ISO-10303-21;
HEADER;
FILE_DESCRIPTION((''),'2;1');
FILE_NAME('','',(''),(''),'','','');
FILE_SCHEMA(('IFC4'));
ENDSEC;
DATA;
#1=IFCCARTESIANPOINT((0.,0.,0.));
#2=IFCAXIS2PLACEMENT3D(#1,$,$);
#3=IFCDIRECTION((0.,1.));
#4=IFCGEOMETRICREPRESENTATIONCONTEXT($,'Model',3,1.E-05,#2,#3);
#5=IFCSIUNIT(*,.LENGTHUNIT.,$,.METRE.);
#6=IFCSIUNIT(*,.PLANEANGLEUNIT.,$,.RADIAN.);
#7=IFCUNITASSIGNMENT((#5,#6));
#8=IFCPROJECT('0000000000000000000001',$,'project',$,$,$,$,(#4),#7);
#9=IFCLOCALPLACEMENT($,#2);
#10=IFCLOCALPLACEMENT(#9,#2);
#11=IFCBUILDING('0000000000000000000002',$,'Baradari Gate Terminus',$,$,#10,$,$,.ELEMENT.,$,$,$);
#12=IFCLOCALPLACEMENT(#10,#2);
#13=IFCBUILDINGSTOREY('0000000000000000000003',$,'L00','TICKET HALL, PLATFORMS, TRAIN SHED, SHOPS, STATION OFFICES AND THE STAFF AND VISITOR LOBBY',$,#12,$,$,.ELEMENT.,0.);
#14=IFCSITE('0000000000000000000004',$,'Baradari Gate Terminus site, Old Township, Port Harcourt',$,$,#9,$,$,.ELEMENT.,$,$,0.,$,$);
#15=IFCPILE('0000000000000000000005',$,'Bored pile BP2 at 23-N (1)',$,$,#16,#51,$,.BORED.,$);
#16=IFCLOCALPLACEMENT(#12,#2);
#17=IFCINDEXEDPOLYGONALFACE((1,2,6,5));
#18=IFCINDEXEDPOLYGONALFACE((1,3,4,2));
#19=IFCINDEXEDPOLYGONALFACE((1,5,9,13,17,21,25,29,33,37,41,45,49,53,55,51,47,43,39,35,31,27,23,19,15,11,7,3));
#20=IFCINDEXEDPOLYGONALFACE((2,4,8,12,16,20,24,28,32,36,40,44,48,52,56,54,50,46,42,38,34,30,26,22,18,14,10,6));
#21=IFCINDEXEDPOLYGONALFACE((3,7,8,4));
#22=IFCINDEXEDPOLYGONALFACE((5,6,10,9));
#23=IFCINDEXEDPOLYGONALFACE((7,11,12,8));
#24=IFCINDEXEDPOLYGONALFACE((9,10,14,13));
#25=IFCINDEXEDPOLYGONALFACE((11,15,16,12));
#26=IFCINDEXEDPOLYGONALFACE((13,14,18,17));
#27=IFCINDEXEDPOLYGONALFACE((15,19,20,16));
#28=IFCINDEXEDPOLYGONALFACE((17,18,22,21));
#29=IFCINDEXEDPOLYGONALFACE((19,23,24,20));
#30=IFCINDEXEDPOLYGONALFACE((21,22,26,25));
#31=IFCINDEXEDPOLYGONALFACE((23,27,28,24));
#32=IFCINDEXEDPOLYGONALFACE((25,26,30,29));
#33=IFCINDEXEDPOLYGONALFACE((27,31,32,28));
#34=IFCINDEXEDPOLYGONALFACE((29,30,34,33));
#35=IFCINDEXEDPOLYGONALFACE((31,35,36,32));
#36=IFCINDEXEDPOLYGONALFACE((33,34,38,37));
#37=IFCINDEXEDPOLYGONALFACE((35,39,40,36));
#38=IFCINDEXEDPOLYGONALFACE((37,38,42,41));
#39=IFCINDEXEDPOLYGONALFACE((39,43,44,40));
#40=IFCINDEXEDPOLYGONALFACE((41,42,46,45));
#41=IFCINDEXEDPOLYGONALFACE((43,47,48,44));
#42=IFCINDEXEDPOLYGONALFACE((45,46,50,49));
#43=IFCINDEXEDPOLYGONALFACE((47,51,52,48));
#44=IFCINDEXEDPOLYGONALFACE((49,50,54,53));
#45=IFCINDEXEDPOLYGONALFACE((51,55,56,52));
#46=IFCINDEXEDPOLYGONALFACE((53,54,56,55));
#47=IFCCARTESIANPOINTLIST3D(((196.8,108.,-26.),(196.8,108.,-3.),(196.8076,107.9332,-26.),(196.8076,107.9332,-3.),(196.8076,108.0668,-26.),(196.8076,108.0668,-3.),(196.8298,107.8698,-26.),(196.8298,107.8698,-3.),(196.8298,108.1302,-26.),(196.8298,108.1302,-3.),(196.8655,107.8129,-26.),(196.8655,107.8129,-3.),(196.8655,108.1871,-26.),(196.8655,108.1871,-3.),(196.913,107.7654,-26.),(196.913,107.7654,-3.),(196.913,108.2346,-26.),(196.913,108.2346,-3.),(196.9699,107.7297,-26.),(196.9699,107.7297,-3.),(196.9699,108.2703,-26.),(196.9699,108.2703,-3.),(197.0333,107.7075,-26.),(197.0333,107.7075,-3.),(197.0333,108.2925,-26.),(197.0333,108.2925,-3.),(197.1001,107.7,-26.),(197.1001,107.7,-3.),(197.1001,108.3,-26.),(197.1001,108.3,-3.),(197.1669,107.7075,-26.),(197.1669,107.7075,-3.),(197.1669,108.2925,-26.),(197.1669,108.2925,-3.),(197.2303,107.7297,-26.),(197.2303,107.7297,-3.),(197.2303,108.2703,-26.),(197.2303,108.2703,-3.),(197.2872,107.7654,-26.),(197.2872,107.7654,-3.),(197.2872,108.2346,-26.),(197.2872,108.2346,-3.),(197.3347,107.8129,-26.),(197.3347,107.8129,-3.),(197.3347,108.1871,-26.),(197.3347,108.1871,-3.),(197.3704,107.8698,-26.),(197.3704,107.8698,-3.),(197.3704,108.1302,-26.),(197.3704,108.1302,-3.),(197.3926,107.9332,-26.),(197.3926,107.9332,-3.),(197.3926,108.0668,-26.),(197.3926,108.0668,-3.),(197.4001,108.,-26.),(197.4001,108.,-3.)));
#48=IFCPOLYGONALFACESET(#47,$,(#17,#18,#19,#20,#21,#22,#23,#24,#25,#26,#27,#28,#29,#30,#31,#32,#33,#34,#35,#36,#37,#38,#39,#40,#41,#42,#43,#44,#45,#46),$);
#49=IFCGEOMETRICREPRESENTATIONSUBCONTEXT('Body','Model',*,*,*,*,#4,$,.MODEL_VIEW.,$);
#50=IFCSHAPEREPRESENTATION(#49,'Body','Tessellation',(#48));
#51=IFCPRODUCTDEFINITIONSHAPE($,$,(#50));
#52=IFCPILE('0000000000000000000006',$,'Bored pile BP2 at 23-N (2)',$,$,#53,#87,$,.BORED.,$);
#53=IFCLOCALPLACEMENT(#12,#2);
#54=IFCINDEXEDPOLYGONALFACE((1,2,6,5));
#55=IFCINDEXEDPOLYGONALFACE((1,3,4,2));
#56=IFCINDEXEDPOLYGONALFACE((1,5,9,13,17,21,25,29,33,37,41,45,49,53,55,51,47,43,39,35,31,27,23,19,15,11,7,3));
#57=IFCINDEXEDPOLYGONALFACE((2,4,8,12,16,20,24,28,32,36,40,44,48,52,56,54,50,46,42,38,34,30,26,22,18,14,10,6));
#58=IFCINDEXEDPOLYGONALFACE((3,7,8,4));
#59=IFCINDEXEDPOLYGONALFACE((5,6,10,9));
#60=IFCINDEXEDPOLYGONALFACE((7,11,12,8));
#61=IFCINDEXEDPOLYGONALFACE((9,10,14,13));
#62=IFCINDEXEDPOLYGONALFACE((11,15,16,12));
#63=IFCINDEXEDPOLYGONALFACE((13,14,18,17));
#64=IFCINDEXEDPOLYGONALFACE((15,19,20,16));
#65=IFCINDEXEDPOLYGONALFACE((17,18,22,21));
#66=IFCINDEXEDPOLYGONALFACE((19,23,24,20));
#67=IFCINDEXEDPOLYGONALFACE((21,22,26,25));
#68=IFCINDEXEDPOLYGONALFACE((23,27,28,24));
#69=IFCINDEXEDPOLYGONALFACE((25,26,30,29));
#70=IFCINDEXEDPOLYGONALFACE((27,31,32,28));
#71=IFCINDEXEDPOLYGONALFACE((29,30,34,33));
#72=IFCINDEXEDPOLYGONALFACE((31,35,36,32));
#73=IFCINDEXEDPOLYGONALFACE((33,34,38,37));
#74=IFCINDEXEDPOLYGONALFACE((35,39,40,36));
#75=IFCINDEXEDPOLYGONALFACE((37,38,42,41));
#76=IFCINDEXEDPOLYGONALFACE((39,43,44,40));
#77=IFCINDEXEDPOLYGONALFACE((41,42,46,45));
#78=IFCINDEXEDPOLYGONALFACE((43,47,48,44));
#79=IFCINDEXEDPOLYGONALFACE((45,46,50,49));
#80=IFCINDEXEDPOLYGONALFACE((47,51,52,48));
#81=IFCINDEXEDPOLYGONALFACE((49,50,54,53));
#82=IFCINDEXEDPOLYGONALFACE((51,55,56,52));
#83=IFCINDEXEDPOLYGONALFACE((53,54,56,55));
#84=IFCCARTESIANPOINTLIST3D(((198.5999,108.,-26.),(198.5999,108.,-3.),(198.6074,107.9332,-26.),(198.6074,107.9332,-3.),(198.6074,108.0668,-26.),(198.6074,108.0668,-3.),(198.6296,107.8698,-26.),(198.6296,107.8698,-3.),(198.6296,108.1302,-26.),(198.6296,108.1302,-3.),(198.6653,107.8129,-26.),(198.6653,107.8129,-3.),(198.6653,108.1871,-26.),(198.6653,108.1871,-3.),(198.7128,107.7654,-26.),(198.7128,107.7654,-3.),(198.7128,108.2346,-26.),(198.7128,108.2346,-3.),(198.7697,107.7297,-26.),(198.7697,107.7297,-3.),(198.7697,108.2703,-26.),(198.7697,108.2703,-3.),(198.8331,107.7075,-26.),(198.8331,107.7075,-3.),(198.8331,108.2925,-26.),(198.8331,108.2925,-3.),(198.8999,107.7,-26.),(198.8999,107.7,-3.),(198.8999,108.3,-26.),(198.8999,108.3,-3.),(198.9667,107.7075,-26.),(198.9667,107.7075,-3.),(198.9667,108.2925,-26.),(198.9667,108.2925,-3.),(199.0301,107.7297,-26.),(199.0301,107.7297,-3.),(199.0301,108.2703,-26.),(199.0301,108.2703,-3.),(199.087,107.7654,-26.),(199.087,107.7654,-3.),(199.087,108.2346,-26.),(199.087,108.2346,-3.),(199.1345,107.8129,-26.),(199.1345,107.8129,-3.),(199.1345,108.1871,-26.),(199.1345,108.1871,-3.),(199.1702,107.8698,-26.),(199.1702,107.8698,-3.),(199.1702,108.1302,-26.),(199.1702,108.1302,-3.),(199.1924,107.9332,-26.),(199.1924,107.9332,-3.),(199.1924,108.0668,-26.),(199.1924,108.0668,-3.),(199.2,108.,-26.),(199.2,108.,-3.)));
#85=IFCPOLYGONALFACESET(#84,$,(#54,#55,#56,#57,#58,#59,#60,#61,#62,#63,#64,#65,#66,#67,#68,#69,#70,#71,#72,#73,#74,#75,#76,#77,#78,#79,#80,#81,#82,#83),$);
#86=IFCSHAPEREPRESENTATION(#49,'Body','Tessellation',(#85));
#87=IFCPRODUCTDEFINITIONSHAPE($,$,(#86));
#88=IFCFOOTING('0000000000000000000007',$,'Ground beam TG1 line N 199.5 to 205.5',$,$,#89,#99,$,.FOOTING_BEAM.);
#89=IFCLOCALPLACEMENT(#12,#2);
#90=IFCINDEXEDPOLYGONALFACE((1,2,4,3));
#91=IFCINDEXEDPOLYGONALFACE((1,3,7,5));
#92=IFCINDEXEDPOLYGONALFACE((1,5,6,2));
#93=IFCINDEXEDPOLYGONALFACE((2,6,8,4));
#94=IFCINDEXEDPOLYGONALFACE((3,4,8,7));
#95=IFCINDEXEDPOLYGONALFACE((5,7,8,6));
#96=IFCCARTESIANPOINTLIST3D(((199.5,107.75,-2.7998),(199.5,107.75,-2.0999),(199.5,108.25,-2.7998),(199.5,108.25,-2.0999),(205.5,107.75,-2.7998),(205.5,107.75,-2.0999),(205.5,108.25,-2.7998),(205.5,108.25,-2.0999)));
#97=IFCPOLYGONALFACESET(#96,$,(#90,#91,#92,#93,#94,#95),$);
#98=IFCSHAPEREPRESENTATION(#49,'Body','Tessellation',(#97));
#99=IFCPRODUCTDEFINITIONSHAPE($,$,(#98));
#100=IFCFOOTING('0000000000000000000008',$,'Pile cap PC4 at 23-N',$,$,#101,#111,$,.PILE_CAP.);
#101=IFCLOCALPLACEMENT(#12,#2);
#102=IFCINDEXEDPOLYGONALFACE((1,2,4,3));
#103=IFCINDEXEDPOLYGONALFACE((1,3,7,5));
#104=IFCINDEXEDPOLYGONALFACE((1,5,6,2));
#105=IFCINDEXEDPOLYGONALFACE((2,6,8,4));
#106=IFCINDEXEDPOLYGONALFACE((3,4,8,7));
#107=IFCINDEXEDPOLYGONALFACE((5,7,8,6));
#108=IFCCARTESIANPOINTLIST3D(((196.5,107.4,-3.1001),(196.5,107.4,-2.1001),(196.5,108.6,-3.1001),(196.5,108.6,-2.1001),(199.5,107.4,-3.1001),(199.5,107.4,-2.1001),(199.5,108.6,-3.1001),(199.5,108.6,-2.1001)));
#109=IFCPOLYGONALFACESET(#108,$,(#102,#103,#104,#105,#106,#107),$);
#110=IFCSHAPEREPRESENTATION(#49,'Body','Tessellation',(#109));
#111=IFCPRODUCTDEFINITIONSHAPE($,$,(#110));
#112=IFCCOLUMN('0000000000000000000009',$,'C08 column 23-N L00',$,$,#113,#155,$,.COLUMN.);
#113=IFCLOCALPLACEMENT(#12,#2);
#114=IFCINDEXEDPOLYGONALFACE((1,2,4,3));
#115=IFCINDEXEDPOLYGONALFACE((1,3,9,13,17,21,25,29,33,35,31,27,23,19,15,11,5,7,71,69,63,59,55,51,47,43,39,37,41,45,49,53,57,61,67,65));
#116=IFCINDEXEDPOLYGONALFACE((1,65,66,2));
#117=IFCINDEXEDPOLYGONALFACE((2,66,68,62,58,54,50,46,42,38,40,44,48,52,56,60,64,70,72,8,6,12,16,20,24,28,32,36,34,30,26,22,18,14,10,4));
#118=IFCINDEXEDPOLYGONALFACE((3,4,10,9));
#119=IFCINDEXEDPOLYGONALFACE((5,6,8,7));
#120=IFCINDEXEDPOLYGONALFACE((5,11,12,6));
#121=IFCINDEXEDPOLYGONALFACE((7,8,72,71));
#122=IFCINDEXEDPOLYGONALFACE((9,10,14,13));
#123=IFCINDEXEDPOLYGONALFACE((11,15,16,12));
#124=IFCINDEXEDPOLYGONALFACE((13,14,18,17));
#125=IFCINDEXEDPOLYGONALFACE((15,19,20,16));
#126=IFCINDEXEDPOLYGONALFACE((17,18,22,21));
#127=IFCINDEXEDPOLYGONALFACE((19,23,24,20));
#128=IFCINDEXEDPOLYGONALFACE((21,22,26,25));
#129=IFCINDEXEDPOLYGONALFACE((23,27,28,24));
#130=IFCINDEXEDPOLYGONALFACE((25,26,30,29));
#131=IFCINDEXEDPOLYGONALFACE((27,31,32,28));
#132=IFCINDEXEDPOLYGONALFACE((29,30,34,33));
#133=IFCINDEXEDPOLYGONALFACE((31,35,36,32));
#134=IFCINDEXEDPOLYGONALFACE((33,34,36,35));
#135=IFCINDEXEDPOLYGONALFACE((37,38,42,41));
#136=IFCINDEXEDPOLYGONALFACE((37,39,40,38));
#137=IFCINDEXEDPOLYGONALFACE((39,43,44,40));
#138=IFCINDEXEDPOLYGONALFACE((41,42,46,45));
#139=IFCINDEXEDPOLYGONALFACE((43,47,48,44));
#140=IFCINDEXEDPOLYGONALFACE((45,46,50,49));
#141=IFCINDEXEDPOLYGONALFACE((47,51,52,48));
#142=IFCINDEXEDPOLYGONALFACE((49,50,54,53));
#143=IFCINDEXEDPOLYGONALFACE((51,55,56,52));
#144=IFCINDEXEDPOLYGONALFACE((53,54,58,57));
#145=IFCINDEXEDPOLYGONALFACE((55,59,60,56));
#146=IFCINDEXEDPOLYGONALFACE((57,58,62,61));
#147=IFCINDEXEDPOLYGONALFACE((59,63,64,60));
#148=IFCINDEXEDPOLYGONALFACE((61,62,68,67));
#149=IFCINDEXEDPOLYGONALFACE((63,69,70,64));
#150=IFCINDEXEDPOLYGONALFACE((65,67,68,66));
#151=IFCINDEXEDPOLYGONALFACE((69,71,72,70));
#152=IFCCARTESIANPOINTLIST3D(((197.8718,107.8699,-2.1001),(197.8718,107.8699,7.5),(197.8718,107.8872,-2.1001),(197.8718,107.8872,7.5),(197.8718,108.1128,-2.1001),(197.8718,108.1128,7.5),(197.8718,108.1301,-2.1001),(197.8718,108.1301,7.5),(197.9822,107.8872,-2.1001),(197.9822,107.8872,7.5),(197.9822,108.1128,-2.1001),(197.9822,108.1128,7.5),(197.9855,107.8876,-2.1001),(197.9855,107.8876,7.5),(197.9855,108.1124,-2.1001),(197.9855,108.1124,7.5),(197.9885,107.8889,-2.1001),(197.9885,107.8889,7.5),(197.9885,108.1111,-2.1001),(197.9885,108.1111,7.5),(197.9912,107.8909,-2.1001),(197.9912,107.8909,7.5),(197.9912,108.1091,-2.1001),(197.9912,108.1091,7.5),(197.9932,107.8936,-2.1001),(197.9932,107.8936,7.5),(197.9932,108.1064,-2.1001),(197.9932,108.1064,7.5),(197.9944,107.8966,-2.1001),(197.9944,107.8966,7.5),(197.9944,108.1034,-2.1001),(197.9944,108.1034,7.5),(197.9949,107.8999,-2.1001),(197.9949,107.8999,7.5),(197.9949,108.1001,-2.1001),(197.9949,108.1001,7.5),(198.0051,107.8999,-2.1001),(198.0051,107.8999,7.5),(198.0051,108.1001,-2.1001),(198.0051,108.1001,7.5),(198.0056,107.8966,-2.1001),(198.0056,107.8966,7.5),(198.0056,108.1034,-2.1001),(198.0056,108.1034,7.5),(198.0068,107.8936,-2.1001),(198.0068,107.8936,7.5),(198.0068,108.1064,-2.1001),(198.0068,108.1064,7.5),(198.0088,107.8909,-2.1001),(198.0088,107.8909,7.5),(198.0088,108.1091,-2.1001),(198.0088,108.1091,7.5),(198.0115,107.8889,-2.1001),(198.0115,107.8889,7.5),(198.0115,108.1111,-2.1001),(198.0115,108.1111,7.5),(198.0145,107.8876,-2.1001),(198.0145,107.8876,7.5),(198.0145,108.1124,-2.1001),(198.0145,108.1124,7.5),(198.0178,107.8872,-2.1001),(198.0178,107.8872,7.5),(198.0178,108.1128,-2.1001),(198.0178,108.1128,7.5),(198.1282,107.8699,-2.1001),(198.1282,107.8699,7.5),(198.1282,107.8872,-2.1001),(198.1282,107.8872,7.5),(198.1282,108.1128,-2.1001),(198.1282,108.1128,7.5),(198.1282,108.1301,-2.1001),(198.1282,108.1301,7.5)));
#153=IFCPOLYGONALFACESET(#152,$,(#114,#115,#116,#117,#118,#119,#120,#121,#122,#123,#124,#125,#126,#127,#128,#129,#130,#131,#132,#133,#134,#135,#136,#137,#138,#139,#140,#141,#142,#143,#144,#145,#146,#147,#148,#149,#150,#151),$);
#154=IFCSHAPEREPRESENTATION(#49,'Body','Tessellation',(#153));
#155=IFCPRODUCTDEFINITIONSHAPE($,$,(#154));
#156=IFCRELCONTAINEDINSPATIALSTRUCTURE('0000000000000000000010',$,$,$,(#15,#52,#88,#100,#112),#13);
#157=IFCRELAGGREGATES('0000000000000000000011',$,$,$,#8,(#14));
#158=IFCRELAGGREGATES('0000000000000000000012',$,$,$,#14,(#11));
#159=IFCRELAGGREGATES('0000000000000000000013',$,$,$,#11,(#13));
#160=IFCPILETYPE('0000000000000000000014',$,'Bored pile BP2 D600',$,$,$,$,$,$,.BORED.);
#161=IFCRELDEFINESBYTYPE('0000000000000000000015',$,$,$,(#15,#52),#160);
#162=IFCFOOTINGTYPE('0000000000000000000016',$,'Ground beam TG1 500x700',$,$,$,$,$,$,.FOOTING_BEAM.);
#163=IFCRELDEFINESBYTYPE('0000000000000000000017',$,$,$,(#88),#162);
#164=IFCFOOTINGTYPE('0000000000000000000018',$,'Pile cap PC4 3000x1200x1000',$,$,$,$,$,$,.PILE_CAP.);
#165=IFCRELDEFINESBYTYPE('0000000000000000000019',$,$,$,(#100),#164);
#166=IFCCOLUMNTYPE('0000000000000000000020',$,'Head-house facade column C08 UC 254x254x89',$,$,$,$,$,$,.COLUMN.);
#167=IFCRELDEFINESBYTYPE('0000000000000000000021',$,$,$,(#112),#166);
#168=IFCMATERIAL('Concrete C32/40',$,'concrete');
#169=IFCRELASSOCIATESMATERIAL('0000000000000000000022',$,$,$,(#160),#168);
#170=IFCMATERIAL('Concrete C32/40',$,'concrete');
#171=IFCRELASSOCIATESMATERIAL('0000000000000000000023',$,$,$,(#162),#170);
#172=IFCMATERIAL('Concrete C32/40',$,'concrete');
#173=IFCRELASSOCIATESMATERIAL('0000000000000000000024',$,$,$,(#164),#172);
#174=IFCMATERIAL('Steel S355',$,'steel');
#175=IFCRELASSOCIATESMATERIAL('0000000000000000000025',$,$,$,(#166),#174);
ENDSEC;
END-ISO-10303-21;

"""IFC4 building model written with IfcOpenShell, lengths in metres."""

from ifc_helpers import new_model, si_unit, direction, frame, origin, origin_2d, place, context, subcontext, project, spatial, rectangle, circle, i_section, extrude, material, material_profile, profile_set, type_object, element, save


model = new_model("IFC4")

# Units and contexts
model_context = context("Model", 3, precision=1e-05, world=origin(), true_north=direction((0.0, 1.0)))
body_context = subcontext(model_context, "Body", "Model", "MODEL_VIEW")
ifc_project = project(units=[si_unit("LENGTHUNIT", "METRE"), si_unit("PLANEANGLEUNIT", "RADIAN")], contexts=[model_context])

# Site, building, storey
site_placement = place(None, origin())
site = spatial("IfcSite", under=ifc_project, at=site_placement, Name="Baradari Gate Terminus site, Old Township, Port Harcourt", CompositionType="ELEMENT", RefElevation=0.0)
building_placement = place(site_placement, origin())
building = spatial("IfcBuilding", under=site, at=building_placement, Name="Baradari Gate Terminus", CompositionType="ELEMENT")
storey_placement = place(building_placement, origin())
storey = spatial("IfcBuildingStorey", under=building, at=storey_placement, Name="L00", Description="TICKET HALL, PLATFORMS, TRAIN SHED, SHOPS, STATION OFFICES AND THE STAFF AND VISITOR LOBBY", CompositionType="ELEMENT", Elevation=0.0)

# Piles
ifc_material_1 = material(Name="Concrete C32/40", Category="concrete")
pile_type = type_object("IfcPileType", Name="Bored pile BP2 D600", PredefinedType="BORED", material=ifc_material_1)
for number, where, z_axis, x_axis, name in (
    (1, (197.1001, 108.0, -3.0), (0.0, 0.0, -1.0), (1.0, 0.0, 0.0), "Bored pile BP2 at 23-N (1)"),
    (2, (198.8999, 108.0, -3.0), (0.0, 0.0, -1.0), (1.0, 0.0, 0.0), "Bored pile BP2 at 23-N (2)"),
):
    element("IfcPile", number, at=place(storey_placement, frame(where, z_axis=z_axis, x_axis=x_axis)), inside=storey, type_object=pile_type, Name=name, PredefinedType="BORED", context=body_context, shape_type="SweptSolid", body=[
        extrude(circle(Radius=0.3, at=origin_2d()), origin(), (0.0, 0.0, 1.0), 23.0),
    ])

# Footings
ifc_material_2 = material(Name="Concrete C32/40", Category="concrete")
footing_type_1 = type_object("IfcFootingType", Name="Ground beam TG1 500x700", PredefinedType="FOOTING_BEAM", material=ifc_material_2)
footing_1_placement = place(storey_placement, frame((202.5, 108.0, -2.7998), z_axis=(0.0, 0.0, 1.0), x_axis=(1.0, 0.0, 0.0)))
element("IfcFooting", 3, at=footing_1_placement, inside=storey, type_object=footing_type_1, Name="Ground beam TG1 line N 199.5 to 205.5", PredefinedType="FOOTING_BEAM", context=body_context, shape_type="SweptSolid", body=[
    extrude(rectangle(XDim=6.0, YDim=0.5, at=origin_2d()), origin(), (0.0, 0.0, 1.0), 0.7),
])
ifc_material_3 = material(Name="Concrete C32/40", Category="concrete")
footing_type_2 = type_object("IfcFootingType", Name="Pile cap PC4 3000x1200x1000", PredefinedType="PILE_CAP", material=ifc_material_3)
footing_2_placement = place(storey_placement, frame((198.0, 108.0, -3.1001), z_axis=(0.0, 0.0, 1.0), x_axis=(1.0, 0.0, 0.0)))
element("IfcFooting", 4, at=footing_2_placement, inside=storey, type_object=footing_type_2, Name="Pile cap PC4 at 23-N", PredefinedType="PILE_CAP", context=body_context, shape_type="SweptSolid", body=[
    extrude(rectangle(XDim=3.0, YDim=1.2, at=origin_2d()), origin(), (0.0, 0.0, 1.0), 1.0),
])

# Column
ifc_material_4 = material(Name="Steel S355", Category="steel")
ifc_material_profile_1 = material_profile(ifc_material_4, i_section(OverallWidth=0.2563, OverallDepth=0.2603, WebThickness=0.0103, FlangeThickness=0.0173, FilletRadius=0.0127, at=origin_2d()), Name="UC 254x254x89")
ifc_profile_set_1 = profile_set([ifc_material_profile_1], Name="Steel S355")
column_type = type_object("IfcColumnType", Name="Head-house facade column C08 UC 254x254x89", PredefinedType="COLUMN", material=ifc_profile_set_1)
column_placement = place(storey_placement, frame((198.0, 108.0, -2.1001), z_axis=(0.0, 0.0, 1.0), x_axis=(1.0, 0.0, 0.0)))
element("IfcColumn", 5, at=column_placement, inside=storey, type_object=column_type, Name="C08 column 23-N L00", PredefinedType="COLUMN", context=body_context, shape_type="SweptSolid", body=[
    extrude(i_section(OverallWidth=0.2563, OverallDepth=0.2603, WebThickness=0.0103, FlangeThickness=0.0173, FilletRadius=0.0127, at=origin_2d()), origin(), (0.0, 0.0, 1.0), 9.6001),
])

save(model, "model.ifc")
